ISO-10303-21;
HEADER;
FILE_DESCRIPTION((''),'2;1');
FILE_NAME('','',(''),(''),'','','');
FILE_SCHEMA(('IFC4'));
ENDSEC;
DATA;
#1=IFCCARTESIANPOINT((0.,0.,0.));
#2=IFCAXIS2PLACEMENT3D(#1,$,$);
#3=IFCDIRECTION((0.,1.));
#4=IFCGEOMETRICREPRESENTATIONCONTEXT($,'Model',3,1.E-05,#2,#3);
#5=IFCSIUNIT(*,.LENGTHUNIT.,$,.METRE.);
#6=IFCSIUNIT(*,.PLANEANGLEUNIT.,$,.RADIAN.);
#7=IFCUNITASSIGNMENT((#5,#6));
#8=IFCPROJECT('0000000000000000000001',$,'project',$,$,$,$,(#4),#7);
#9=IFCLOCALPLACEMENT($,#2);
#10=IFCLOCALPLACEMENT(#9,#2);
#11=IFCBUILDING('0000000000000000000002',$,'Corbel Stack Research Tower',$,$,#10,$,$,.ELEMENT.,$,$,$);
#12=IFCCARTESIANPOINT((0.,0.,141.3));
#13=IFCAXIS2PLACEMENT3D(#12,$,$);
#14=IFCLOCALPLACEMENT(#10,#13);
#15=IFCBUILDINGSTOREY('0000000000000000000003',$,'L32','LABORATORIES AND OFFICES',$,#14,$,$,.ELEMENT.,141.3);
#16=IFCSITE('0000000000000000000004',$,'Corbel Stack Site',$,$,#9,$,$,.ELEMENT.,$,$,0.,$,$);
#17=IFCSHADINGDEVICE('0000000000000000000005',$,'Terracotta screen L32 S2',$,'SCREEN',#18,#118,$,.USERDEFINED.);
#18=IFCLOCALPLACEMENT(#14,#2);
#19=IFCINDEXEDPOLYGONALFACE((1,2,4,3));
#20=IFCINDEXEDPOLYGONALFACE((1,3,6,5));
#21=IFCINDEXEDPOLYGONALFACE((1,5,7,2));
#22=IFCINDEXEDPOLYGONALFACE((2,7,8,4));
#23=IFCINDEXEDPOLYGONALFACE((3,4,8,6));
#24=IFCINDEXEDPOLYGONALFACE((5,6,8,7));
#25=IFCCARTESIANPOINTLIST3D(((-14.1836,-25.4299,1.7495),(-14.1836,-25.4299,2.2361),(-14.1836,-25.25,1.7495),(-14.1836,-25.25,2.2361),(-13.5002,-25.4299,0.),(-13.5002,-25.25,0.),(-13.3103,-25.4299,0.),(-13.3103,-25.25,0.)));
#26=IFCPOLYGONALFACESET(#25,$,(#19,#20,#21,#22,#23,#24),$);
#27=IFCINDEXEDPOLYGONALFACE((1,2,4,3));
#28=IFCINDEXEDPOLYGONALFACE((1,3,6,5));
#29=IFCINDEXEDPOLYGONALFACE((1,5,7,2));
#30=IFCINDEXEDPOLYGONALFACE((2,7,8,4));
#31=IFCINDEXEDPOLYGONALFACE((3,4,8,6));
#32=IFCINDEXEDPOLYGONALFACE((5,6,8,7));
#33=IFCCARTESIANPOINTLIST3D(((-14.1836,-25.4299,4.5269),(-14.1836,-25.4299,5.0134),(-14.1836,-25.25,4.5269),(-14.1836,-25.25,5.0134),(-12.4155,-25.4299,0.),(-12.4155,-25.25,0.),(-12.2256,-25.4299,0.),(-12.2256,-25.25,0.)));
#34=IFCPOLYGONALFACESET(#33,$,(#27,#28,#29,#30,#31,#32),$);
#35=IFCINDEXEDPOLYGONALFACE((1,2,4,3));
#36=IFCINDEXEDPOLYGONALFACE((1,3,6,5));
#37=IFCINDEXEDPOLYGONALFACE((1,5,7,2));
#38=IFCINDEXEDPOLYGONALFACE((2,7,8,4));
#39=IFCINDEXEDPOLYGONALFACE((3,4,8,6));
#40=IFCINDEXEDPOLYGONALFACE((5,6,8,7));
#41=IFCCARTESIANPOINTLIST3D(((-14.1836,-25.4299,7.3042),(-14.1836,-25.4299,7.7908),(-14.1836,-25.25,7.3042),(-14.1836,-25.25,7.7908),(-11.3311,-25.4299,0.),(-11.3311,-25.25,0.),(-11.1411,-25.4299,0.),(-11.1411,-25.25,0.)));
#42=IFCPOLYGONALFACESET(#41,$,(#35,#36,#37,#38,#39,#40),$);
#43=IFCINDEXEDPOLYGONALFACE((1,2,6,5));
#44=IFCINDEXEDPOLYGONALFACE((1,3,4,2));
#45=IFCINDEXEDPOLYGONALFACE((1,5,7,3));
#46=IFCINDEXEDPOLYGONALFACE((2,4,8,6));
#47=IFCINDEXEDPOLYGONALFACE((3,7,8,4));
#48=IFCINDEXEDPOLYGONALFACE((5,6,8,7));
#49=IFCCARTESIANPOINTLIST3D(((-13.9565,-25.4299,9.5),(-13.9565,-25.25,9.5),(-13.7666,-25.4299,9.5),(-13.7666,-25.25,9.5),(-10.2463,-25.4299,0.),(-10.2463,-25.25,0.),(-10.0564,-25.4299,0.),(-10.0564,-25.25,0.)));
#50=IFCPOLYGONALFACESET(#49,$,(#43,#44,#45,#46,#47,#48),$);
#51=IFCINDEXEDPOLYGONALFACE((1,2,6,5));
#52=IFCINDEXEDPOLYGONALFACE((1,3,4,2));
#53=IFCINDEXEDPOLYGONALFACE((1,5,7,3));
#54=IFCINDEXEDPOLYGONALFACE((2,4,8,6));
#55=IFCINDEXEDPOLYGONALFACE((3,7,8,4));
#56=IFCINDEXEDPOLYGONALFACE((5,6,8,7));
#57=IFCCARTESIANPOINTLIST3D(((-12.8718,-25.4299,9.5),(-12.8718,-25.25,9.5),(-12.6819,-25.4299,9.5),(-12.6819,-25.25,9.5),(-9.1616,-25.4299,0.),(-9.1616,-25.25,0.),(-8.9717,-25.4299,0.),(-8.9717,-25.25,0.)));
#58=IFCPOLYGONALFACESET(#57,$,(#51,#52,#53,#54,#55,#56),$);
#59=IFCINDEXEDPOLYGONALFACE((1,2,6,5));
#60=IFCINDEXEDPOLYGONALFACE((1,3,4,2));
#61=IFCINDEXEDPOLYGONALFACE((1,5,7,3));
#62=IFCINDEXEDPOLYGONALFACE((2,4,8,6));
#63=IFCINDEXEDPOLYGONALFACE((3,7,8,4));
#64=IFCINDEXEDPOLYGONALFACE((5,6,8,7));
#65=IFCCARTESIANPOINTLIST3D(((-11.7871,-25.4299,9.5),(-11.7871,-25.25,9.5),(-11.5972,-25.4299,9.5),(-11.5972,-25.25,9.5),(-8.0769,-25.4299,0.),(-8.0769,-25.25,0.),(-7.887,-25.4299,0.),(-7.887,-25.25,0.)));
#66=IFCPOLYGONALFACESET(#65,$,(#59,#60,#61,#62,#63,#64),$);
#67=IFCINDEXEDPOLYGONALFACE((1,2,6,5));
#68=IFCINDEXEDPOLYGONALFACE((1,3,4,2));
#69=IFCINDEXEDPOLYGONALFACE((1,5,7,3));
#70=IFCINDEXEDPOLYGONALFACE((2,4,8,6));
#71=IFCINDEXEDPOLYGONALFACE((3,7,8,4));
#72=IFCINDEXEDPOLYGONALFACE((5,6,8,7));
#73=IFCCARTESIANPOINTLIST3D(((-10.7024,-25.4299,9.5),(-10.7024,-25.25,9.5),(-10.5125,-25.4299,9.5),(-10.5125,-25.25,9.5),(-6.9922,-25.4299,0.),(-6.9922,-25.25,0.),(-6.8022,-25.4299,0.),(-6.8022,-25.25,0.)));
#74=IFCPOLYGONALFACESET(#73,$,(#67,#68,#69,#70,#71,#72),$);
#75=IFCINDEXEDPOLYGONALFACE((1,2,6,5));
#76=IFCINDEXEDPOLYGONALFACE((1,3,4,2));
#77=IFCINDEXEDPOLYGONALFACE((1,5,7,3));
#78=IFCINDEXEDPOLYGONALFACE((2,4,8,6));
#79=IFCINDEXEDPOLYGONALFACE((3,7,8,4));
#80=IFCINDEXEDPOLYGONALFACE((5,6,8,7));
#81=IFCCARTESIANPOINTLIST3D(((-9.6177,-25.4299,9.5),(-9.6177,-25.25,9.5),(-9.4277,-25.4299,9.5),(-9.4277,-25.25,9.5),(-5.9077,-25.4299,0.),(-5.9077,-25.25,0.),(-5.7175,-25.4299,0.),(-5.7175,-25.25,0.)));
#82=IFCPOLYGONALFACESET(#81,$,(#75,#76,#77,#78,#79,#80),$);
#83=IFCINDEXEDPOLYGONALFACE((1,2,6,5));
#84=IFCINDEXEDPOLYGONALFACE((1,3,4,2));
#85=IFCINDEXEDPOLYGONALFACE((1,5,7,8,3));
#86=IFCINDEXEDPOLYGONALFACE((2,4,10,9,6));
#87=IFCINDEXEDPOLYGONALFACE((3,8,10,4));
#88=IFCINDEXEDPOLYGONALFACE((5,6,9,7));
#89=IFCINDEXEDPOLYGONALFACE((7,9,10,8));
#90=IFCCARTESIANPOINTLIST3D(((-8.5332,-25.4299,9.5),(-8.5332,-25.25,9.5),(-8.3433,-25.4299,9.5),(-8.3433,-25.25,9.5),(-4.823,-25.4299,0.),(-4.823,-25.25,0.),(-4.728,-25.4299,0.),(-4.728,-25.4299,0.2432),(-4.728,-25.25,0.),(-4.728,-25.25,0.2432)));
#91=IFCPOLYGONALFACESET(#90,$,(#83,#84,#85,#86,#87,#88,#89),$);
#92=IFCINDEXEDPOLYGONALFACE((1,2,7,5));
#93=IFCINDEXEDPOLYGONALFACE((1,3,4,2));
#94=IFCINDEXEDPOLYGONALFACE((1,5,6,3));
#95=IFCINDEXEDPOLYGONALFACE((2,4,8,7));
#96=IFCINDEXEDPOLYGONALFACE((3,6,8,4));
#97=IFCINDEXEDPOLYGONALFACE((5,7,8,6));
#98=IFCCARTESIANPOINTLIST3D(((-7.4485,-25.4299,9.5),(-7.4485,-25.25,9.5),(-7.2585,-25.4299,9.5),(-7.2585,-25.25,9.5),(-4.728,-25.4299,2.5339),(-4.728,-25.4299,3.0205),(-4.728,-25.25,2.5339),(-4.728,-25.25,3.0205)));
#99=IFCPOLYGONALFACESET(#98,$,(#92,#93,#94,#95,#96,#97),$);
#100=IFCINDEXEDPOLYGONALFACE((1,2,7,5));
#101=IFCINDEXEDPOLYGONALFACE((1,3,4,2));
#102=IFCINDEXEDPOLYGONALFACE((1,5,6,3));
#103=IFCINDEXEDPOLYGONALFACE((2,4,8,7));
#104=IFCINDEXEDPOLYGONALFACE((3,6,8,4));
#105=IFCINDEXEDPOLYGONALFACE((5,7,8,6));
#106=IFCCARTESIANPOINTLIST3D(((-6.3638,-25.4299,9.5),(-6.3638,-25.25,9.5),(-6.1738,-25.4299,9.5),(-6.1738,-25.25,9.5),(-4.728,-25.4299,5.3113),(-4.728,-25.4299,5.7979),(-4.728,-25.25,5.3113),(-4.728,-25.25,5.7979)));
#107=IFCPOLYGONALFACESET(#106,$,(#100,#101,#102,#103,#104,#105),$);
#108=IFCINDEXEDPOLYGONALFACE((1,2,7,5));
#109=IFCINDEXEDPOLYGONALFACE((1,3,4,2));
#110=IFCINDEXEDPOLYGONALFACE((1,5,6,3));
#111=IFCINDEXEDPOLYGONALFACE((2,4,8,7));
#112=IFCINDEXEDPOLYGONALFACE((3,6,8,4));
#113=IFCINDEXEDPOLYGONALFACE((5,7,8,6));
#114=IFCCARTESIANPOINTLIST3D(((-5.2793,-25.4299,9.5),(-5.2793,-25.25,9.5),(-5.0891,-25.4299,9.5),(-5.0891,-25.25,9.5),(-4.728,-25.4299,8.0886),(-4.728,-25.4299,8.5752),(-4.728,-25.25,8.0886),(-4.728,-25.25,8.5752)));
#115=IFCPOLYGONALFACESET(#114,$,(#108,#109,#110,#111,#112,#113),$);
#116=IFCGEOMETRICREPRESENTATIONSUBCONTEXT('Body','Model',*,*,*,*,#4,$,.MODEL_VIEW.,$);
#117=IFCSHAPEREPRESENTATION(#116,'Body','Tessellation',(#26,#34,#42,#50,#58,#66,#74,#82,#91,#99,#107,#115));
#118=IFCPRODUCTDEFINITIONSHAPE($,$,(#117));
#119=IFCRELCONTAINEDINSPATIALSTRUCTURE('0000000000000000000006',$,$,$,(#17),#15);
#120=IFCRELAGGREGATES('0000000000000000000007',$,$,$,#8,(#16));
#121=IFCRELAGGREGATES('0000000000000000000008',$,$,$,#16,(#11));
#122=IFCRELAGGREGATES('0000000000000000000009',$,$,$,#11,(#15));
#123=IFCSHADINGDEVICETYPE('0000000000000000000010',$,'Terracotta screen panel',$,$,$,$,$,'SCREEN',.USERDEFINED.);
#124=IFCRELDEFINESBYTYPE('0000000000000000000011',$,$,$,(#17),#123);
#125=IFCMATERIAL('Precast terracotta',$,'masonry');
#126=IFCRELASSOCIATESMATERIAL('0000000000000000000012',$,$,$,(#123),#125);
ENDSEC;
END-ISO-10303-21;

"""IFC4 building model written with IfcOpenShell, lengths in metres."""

from ifc_helpers import new_model, si_unit, direction, frame, origin, place, context, subcontext, project, spatial, polyline, outline, extrude, source, transform, mapped, material, type_object, element, save


model = new_model("IFC4")

# Units and contexts
model_context = context("Model", 3, precision=1e-05, world=origin(), true_north=direction((0.0, 1.0)))
body_context = subcontext(model_context, "Body", "Model", "MODEL_VIEW")
ifc_project = project(units=[si_unit("LENGTHUNIT", "METRE"), si_unit("PLANEANGLEUNIT", "RADIAN")], contexts=[model_context])

# Site, building, storey
site_placement = place(None, origin())
site = spatial("IfcSite", under=ifc_project, at=site_placement, Name="Corbel Stack Site", CompositionType="ELEMENT", RefElevation=0.0)
building_placement = place(site_placement, origin())
building = spatial("IfcBuilding", under=site, at=building_placement, Name="Corbel Stack Research Tower", CompositionType="ELEMENT")
storey_placement = place(building_placement, frame((0.0, 0.0, 141.3)))
storey = spatial("IfcBuildingStorey", under=building, at=storey_placement, Name="L32", Description="LABORATORIES AND OFFICES", CompositionType="ELEMENT", Elevation=141.3)

# Shading device
ifc_material_1 = material(Name="Precast terracotta", Category="masonry")
shading_device_type = type_object("IfcShadingDeviceType", Name="Terracotta screen panel", ElementType="SCREEN", PredefinedType="USERDEFINED", material=ifc_material_1)
shared_shape = source(origin(), body_context, "Body", "SweptSolid", [
    extrude(outline(polyline([(0.8733, 0.0), (0.0, 2.2361), (0.0, 1.7495), (0.6833, 0.0), (0.8733, 0.0)])), frame((0.0, 0.0, 0.0), z_axis=(0.0, -1.0, 0.0), x_axis=(1.0, 0.0, 0.0)), (0.0, 0.0, 1.0), 0.1799),
    extrude(outline(polyline([(1.958, 0.0), (0.0, 5.0134), (0.0, 4.5269), (1.7681, 0.0), (1.958, 0.0)])), frame((0.0, 0.0, 0.0), z_axis=(0.0, -1.0, 0.0), x_axis=(1.0, 0.0, 0.0)), (0.0, 0.0, 1.0), 0.1799),
    extrude(outline(polyline([(3.0425, 0.0), (0.0, 7.7908), (0.0, 7.3042), (2.8525, 0.0), (3.0425, 0.0)])), frame((0.0, 0.0, 0.0), z_axis=(0.0, -1.0, 0.0), x_axis=(1.0, 0.0, 0.0)), (0.0, 0.0, 1.0), 0.1799),
    extrude(outline(polyline([(4.1272, 0.0), (0.417, 9.5), (0.2271, 9.5), (3.9373, 0.0), (4.1272, 0.0)])), frame((0.0, 0.0, 0.0), z_axis=(0.0, -1.0, 0.0), x_axis=(1.0, 0.0, 0.0)), (0.0, 0.0, 1.0), 0.1799),
    extrude(outline(polyline([(5.2119, 0.0), (1.5017, 9.5), (1.3118, 9.5), (5.022, 0.0), (5.2119, 0.0)])), frame((0.0, 0.0, 0.0), z_axis=(0.0, -1.0, 0.0), x_axis=(1.0, 0.0, 0.0)), (0.0, 0.0, 1.0), 0.1799),
    extrude(outline(polyline([(6.2966, 0.0), (2.5864, 9.5), (2.3965, 9.5), (6.1067, 0.0), (6.2966, 0.0)])), frame((0.0, 0.0, 0.0), z_axis=(0.0, -1.0, 0.0), x_axis=(1.0, 0.0, 0.0)), (0.0, 0.0, 1.0), 0.1799),
    extrude(outline(polyline([(7.3813, 0.0), (3.6711, 9.5), (3.4812, 9.5), (7.1914, 0.0), (7.3813, 0.0)])), frame((0.0, 0.0, 0.0), z_axis=(0.0, -1.0, 0.0), x_axis=(1.0, 0.0, 0.0)), (0.0, 0.0, 1.0), 0.1799),
    extrude(outline(polyline([(8.4661, 0.0), (4.7559, 9.5), (4.5659, 9.5), (8.2759, 0.0), (8.4661, 0.0)])), frame((0.0, 0.0, 0.0), z_axis=(0.0, -1.0, 0.0), x_axis=(1.0, 0.0, 0.0)), (0.0, 0.0, 1.0), 0.1799),
    extrude(outline(polyline([(9.4556, 0.0), (9.4556, 0.2432), (5.8403, 9.5), (5.6504, 9.5), (9.3606, 0.0), (9.4556, 0.0)])), frame((0.0, 0.0, 0.0), z_axis=(0.0, -1.0, 0.0), x_axis=(1.0, 0.0, 0.0)), (0.0, 0.0, 1.0), 0.1799),
    extrude(outline(polyline([(6.925, 9.5), (6.7351, 9.5), (9.4556, 2.5339), (9.4556, 3.0205), (6.925, 9.5)])), frame((0.0, 0.0, 0.0), z_axis=(0.0, -1.0, 0.0), x_axis=(1.0, 0.0, 0.0)), (0.0, 0.0, 1.0), 0.1799),
    extrude(outline(polyline([(8.0098, 9.5), (7.8198, 9.5), (9.4556, 5.3113), (9.4556, 5.7979), (8.0098, 9.5)])), frame((0.0, 0.0, 0.0), z_axis=(0.0, -1.0, 0.0), x_axis=(1.0, 0.0, 0.0)), (0.0, 0.0, 1.0), 0.1799),
    extrude(outline(polyline([(9.0945, 9.5), (8.9043, 9.5), (9.4556, 8.0886), (9.4556, 8.5752), (9.0945, 9.5)])), frame((0.0, 0.0, 0.0), z_axis=(0.0, -1.0, 0.0), x_axis=(1.0, 0.0, 0.0)), (0.0, 0.0, 1.0), 0.1799),
])
shading_device_placement = place(storey_placement, frame((-14.1836, -25.25, 0.0), z_axis=(0.0, 0.0, 1.0), x_axis=(1.0, 0.0, 0.0)))
element("IfcShadingDevice", 1, at=shading_device_placement, inside=storey, type_object=shading_device_type, Name="Terracotta screen L32 S2", ObjectType="SCREEN", PredefinedType="USERDEFINED", context=body_context, shape_type="MappedRepresentation", body=[
    mapped(shared_shape, transform((0.0, 0.0, 0.0))),
])

save(model, "model.ifc")
